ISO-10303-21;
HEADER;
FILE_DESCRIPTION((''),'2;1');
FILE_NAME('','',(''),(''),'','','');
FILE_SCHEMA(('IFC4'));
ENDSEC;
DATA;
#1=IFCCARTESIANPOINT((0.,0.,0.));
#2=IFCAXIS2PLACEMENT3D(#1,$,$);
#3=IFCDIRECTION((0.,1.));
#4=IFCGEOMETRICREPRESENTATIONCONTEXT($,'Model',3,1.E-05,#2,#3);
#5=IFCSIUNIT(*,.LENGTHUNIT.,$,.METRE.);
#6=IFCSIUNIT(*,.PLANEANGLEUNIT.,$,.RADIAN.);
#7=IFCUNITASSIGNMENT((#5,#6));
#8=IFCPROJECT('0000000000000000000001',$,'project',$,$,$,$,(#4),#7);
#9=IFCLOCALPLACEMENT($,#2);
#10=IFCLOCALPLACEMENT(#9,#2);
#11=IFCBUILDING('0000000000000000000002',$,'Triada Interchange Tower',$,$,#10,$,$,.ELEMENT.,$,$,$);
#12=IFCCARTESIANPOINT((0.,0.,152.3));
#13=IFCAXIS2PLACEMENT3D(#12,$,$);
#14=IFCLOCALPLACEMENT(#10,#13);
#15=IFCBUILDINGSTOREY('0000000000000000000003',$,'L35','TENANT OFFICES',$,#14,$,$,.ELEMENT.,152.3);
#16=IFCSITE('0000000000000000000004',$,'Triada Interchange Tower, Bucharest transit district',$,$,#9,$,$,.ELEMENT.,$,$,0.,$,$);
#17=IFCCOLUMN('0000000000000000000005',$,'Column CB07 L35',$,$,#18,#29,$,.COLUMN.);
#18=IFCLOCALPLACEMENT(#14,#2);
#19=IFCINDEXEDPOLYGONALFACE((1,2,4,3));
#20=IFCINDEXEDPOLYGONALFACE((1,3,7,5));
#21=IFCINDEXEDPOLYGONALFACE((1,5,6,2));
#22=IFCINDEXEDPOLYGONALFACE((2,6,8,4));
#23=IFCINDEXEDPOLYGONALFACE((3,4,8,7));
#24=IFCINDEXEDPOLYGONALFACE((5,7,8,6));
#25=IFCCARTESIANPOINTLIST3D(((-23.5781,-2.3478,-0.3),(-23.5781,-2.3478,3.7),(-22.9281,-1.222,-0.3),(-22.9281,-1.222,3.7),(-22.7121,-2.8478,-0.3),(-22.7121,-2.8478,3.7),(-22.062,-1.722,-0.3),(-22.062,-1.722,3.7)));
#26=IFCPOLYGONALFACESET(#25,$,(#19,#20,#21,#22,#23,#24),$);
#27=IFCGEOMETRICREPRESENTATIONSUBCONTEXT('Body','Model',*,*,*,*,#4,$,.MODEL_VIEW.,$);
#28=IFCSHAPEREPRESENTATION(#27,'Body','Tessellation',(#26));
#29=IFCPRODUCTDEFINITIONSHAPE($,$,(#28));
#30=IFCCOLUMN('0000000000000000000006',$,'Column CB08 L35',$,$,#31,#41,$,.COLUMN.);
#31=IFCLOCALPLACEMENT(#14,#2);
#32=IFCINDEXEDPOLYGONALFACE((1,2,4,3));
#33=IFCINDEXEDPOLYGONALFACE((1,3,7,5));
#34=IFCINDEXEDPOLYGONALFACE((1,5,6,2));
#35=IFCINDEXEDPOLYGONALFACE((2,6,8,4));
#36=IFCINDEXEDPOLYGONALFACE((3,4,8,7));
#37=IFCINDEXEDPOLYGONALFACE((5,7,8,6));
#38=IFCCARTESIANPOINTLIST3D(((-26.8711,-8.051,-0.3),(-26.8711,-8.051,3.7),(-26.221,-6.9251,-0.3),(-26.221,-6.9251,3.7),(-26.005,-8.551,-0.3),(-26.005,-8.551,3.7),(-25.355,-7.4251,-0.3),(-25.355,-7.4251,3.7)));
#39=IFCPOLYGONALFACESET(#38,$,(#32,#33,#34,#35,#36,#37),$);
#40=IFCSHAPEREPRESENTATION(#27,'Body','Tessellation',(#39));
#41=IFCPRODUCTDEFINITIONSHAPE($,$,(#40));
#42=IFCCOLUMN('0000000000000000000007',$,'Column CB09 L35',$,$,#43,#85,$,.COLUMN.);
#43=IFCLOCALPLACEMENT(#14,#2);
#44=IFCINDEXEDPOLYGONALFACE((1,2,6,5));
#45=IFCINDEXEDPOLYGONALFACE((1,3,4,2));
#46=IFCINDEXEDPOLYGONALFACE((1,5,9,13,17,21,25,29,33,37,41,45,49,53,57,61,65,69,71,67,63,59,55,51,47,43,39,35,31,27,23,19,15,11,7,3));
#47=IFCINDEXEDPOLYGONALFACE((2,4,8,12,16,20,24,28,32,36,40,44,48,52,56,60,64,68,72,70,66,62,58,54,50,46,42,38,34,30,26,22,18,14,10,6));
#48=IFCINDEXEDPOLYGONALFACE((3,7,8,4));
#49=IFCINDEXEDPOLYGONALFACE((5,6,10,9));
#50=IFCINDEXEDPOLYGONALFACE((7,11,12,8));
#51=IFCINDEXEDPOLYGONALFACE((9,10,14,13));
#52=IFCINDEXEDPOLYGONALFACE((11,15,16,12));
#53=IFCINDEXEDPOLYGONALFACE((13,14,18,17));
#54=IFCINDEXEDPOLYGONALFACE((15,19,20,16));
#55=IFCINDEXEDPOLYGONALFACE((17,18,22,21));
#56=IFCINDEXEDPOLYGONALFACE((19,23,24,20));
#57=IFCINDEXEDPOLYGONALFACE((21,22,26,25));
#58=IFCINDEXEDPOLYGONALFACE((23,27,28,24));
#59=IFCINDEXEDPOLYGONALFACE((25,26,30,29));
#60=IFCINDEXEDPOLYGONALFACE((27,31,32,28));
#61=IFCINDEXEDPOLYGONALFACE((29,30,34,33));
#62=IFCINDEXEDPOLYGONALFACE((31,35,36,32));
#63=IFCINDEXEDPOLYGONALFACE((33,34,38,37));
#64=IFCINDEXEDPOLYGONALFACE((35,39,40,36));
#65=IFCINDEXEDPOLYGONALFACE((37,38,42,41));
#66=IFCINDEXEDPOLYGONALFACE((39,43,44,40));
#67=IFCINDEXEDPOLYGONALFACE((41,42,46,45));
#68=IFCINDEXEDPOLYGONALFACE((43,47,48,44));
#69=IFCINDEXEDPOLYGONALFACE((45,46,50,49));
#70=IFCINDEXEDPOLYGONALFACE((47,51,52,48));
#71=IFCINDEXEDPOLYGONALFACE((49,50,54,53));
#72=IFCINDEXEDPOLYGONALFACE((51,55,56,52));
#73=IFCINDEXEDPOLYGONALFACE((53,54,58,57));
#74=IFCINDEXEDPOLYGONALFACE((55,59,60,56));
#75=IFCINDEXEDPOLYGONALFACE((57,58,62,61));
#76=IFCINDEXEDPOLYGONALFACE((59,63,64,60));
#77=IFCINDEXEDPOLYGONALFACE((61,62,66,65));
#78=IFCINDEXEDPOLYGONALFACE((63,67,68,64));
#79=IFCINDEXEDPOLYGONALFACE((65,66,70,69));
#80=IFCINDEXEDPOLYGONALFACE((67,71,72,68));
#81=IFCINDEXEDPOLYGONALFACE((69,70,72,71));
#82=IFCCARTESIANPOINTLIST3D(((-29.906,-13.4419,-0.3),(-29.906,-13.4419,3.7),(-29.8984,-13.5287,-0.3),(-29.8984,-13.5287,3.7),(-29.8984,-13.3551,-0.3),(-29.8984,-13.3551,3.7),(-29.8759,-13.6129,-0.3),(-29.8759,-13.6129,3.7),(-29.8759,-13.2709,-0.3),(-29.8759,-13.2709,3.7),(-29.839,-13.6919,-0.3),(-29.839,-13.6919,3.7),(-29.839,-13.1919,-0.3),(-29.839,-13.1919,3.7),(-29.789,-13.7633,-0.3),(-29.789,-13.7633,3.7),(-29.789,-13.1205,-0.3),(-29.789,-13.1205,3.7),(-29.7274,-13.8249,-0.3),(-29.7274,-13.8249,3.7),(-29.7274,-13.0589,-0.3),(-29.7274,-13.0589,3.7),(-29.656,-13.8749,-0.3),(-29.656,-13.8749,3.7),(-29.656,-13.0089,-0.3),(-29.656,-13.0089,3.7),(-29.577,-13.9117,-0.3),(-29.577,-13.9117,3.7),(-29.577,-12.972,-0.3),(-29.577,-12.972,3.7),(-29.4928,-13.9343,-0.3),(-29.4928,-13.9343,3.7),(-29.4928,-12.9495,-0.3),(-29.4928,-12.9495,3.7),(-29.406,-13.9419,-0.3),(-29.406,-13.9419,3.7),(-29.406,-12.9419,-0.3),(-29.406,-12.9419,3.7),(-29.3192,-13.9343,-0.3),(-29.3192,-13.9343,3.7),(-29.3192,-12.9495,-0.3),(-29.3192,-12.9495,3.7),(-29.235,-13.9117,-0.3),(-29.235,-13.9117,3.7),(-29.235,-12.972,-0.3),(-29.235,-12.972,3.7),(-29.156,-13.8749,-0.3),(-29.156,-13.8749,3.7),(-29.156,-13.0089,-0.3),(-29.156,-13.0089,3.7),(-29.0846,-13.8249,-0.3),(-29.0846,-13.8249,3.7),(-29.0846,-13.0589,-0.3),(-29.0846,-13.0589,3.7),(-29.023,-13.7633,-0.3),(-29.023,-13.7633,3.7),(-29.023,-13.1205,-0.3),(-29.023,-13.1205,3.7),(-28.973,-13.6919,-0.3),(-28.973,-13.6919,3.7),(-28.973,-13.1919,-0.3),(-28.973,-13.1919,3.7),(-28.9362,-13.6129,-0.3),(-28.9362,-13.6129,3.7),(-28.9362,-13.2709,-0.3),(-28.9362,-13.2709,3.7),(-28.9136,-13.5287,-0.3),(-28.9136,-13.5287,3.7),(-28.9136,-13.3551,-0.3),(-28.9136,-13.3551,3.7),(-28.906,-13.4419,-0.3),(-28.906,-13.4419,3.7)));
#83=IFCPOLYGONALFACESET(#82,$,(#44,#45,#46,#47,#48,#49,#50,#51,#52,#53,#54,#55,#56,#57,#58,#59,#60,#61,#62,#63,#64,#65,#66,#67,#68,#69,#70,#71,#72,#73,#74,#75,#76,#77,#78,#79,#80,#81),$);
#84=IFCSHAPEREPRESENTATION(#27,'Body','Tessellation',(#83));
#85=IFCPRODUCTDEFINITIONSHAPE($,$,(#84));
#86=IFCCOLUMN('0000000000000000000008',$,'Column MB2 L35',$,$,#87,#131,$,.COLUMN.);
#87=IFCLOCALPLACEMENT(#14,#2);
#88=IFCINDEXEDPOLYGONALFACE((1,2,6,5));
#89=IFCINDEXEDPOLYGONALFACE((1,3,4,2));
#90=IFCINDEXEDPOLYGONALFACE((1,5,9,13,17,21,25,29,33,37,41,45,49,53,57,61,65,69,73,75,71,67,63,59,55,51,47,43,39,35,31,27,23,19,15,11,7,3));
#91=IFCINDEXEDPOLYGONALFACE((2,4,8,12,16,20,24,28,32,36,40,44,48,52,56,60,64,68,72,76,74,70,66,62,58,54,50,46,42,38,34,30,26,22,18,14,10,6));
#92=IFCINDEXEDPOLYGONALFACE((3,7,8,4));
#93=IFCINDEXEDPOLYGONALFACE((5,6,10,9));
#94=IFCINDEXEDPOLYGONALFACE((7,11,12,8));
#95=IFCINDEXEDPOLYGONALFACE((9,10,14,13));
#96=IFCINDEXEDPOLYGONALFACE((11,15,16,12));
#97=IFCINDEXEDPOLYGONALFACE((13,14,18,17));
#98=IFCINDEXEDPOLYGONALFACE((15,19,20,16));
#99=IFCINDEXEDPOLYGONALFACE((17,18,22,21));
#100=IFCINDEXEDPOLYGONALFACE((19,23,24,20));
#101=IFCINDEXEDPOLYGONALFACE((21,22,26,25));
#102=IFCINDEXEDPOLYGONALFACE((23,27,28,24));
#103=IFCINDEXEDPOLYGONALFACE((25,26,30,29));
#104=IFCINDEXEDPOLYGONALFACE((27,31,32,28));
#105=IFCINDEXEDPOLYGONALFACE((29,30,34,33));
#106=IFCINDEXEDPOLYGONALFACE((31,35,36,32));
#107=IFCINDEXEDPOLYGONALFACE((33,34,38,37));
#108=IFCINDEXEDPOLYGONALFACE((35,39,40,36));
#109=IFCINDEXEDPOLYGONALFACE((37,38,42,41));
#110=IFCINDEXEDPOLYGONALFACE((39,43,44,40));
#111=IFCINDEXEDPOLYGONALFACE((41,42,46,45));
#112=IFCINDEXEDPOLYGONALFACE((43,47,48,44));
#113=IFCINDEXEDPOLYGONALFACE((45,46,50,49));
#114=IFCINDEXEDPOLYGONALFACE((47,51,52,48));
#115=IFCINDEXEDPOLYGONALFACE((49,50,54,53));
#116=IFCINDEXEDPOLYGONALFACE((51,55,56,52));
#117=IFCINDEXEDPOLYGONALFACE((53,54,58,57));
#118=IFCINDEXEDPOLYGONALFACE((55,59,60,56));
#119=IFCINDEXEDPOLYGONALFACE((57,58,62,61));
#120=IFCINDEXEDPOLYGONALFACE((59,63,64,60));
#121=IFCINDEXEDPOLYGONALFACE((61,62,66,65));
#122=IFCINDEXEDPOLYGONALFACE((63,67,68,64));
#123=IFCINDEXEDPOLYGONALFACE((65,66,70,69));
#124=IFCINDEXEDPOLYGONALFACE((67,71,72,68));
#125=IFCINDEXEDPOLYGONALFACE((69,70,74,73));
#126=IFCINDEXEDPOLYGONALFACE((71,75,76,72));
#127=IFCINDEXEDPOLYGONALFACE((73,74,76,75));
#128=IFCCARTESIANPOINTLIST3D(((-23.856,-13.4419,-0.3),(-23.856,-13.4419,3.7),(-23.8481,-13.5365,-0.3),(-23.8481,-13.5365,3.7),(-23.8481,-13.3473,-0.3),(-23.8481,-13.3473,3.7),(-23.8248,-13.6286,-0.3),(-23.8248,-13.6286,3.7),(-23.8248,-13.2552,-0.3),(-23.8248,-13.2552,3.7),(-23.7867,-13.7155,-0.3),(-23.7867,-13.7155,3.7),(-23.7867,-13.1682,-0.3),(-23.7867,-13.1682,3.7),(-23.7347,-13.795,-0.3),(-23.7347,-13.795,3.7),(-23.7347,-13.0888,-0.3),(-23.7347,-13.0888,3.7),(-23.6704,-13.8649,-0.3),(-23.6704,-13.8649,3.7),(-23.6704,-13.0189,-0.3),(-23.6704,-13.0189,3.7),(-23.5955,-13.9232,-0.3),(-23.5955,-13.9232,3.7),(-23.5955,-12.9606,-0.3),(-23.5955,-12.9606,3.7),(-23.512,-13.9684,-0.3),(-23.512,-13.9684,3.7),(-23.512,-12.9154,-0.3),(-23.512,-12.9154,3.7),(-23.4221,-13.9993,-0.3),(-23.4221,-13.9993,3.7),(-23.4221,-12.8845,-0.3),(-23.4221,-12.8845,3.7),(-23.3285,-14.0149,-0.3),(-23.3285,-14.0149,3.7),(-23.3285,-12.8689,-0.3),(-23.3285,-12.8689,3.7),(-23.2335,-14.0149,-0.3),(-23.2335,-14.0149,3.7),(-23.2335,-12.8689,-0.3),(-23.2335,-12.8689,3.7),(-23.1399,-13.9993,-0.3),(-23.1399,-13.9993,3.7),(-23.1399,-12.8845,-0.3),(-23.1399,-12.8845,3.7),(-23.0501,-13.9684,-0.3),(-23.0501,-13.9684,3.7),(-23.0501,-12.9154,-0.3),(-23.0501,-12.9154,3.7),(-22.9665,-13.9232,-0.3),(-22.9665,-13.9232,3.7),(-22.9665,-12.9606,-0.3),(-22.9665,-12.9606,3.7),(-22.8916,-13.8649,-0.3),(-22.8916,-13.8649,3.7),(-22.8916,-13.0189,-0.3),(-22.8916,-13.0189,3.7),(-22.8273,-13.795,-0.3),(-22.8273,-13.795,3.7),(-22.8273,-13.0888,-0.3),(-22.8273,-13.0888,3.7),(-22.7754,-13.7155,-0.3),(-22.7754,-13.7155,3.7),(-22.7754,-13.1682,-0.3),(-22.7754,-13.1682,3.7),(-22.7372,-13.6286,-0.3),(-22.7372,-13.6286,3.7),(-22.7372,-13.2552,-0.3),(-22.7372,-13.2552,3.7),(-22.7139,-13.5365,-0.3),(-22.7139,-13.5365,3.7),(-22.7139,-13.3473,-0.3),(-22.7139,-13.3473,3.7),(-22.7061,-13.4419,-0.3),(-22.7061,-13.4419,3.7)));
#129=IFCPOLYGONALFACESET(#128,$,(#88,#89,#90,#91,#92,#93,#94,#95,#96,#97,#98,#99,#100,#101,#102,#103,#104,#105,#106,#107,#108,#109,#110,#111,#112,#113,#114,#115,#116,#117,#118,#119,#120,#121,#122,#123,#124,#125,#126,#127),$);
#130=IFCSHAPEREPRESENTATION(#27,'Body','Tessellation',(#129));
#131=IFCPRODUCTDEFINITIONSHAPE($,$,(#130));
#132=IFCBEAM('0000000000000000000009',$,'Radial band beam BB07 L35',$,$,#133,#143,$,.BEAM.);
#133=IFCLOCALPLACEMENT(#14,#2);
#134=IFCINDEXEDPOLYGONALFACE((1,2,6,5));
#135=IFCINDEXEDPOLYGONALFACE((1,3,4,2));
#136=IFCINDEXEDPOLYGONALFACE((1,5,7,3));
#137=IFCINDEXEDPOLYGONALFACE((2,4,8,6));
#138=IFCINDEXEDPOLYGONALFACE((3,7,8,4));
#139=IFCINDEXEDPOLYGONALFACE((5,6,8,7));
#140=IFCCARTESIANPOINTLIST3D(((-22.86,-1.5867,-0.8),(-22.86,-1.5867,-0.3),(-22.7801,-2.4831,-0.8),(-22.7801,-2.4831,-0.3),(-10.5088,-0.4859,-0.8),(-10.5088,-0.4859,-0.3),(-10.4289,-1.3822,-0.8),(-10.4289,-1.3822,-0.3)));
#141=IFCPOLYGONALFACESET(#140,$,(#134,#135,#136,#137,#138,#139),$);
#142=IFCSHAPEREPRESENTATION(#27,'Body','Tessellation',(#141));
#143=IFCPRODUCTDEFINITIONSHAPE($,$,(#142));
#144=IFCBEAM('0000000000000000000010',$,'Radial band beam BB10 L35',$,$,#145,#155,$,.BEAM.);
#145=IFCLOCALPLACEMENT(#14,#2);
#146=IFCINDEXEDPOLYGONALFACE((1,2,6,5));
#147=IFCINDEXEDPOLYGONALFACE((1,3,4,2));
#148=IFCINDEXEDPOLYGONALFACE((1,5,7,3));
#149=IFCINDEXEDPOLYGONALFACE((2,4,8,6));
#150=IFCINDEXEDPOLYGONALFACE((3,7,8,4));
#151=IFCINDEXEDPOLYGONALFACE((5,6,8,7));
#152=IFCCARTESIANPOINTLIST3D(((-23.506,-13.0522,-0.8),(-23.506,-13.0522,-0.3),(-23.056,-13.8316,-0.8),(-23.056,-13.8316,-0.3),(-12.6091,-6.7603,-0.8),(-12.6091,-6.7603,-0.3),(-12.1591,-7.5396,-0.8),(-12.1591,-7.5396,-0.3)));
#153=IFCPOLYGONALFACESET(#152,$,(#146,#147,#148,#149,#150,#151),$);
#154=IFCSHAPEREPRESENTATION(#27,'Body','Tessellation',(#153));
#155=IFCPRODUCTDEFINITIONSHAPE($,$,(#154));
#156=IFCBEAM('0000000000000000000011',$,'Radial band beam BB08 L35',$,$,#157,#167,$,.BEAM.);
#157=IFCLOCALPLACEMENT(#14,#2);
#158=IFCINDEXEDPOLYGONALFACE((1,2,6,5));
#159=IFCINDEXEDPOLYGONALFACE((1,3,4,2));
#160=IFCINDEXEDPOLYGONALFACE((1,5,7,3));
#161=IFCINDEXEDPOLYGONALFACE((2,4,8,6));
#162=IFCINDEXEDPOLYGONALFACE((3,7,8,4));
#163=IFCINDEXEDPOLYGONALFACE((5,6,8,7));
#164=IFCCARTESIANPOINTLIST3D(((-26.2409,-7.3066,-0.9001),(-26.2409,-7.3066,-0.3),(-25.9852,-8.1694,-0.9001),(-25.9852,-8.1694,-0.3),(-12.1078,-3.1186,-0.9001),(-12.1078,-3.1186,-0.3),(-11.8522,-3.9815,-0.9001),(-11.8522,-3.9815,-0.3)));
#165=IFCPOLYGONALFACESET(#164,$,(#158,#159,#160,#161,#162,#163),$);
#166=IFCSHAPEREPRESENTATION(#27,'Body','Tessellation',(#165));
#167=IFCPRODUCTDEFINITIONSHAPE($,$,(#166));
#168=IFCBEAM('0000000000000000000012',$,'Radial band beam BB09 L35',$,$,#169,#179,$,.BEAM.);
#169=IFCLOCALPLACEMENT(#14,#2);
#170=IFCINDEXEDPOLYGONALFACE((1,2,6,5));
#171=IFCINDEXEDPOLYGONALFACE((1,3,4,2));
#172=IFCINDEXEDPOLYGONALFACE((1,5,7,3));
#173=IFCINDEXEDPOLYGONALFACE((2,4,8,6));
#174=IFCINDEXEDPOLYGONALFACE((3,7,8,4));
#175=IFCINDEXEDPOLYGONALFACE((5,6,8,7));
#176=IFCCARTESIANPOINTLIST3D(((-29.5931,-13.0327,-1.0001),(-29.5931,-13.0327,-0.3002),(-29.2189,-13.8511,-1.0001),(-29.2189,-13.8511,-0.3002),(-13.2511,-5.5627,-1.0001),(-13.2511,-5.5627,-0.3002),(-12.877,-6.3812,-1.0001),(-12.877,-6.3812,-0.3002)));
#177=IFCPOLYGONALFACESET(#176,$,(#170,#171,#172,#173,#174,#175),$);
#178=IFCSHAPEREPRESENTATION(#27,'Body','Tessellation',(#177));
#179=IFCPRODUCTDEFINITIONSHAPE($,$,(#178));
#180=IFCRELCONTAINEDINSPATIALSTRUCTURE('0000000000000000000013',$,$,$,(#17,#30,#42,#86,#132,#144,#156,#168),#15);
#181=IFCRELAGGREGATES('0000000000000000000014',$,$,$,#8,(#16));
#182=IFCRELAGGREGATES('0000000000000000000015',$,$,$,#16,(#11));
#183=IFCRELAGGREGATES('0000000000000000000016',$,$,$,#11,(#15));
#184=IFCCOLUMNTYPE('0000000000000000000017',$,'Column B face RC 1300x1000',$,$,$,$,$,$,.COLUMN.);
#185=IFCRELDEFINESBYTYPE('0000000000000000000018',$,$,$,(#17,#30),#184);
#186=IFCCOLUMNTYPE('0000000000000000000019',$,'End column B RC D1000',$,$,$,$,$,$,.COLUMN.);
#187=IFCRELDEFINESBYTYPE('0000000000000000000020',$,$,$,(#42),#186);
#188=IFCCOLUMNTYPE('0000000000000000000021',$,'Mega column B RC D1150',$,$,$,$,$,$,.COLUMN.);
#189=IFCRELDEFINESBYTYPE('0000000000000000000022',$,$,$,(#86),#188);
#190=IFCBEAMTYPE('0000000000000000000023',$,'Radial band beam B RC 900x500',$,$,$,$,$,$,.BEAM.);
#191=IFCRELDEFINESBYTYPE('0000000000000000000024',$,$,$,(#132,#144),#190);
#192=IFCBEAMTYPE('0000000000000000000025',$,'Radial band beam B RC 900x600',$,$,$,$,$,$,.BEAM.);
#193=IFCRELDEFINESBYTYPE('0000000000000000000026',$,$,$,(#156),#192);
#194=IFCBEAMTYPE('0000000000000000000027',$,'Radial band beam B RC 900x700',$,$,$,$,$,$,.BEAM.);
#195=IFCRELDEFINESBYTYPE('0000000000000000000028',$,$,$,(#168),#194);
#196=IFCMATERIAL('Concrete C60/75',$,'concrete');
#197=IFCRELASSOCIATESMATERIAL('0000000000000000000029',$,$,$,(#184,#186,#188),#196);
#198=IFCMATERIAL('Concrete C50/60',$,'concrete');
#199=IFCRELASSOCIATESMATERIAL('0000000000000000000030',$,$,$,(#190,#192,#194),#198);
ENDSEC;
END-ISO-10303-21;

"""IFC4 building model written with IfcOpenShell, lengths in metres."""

from ifc_helpers import new_model, si_unit, direction, frame, origin, origin_2d, place, context, subcontext, project, spatial, rectangle, circle, extrude, material, material_profile, profile_set, type_object, element, save


model = new_model("IFC4")

# Units and contexts
model_context = context("Model", 3, precision=1e-05, world=origin(), true_north=direction((0.0, 1.0)))
body_context = subcontext(model_context, "Body", "Model", "MODEL_VIEW")
ifc_project = project(units=[si_unit("LENGTHUNIT", "METRE"), si_unit("PLANEANGLEUNIT", "RADIAN")], contexts=[model_context])

# Site, building, storey
site_placement = place(None, origin())
site = spatial("IfcSite", under=ifc_project, at=site_placement, Name="Triada Interchange Tower, Bucharest transit district", CompositionType="ELEMENT", RefElevation=0.0)
building_placement = place(site_placement, origin())
building = spatial("IfcBuilding", under=site, at=building_placement, Name="Triada Interchange Tower", CompositionType="ELEMENT")
storey_placement = place(building_placement, frame((0.0, 0.0, 152.3)))
storey = spatial("IfcBuildingStorey", under=building, at=storey_placement, Name="L35", Description="TENANT OFFICES", CompositionType="ELEMENT", Elevation=152.3)

# Columns
ifc_material_1 = material(Name="Concrete C60/75", Category="concrete")
ifc_material_profile_1 = material_profile(ifc_material_1, rectangle(XDim=1.3, YDim=1.0, at=origin_2d()), Name="RC 1300x1000")
ifc_profile_set_1 = profile_set([ifc_material_profile_1], Name="Concrete C60/75")
column_type_1 = type_object("IfcColumnType", Name="Column B face RC 1300x1000", PredefinedType="COLUMN", material=ifc_profile_set_1)
for number, where, z_axis, x_axis, name in (
    (1, (-22.8201, -2.0349, -0.3), (0.0, 0.0, 1.0), (0.5, 0.866025, 0.0), "Column CB07 L35"),
    (2, (-26.113, -7.738, -0.3), (0.0, 0.0, 1.0), (0.5, 0.866025, 0.0), "Column CB08 L35"),
):
    element("IfcColumn", number, at=place(storey_placement, frame(where, z_axis=z_axis, x_axis=x_axis)), inside=storey, type_object=column_type_1, Name=name, PredefinedType="COLUMN", context=body_context, shape_type="SweptSolid", body=[
        extrude(rectangle(XDim=1.3, YDim=1.0, at=origin_2d()), origin(), (0.0, 0.0, 1.0), 4.0),
    ])
ifc_material_profile_2 = material_profile(ifc_material_1, circle(Radius=0.5, at=origin_2d()), Name="RC D1000")
ifc_profile_set_2 = profile_set([ifc_material_profile_2], Name="Concrete C60/75")
column_type_2 = type_object("IfcColumnType", Name="End column B RC D1000", PredefinedType="COLUMN", material=ifc_profile_set_2)
column_1_placement = place(storey_placement, frame((-29.406, -13.4419, -0.3), z_axis=(0.0, 0.0, 1.0), x_axis=(0.5, 0.866025, 0.0)))
element("IfcColumn", 3, at=column_1_placement, inside=storey, type_object=column_type_2, Name="Column CB09 L35", PredefinedType="COLUMN", context=body_context, shape_type="SweptSolid", body=[
    extrude(circle(Radius=0.5, at=origin_2d()), origin(), (0.0, 0.0, 1.0), 4.0),
])
ifc_material_profile_3 = material_profile(ifc_material_1, circle(Radius=0.575, at=origin_2d()), Name="RC D1150")
ifc_profile_set_3 = profile_set([ifc_material_profile_3], Name="Concrete C60/75")
column_type_3 = type_object("IfcColumnType", Name="Mega column B RC D1150", PredefinedType="COLUMN", material=ifc_profile_set_3)
column_2_placement = place(storey_placement, frame((-23.281, -13.4419, -0.3), z_axis=(0.0, 0.0, 1.0), x_axis=(1.0, 0.0, 0.0)))
element("IfcColumn", 4, at=column_2_placement, inside=storey, type_object=column_type_3, Name="Column MB2 L35", PredefinedType="COLUMN", context=body_context, shape_type="SweptSolid", body=[
    extrude(circle(Radius=0.575, at=origin_2d()), origin(), (0.0, 0.0, 1.0), 4.0),
])

# Beams
ifc_material_2 = material(Name="Concrete C50/60", Category="concrete")
ifc_material_profile_4 = material_profile(ifc_material_2, rectangle(XDim=0.8999, YDim=0.5, at=origin_2d()), Name="RC 900x500")
ifc_profile_set_4 = profile_set([ifc_material_profile_4], Name="Concrete C50/60")
beam_type_1 = type_object("IfcBeamType", Name="Radial band beam B RC 900x500", PredefinedType="BEAM", material=ifc_profile_set_4)
beam_1_placement = place(storey_placement, frame((-22.8201, -2.0349, -0.55), z_axis=(0.996052, 0.088776, 0.0), x_axis=(-0.088776, 0.996052, 0.0)))
element("IfcBeam", 5, at=beam_1_placement, inside=storey, type_object=beam_type_1, Name="Radial band beam BB07 L35", PredefinedType="BEAM", context=body_context, shape_type="SweptSolid", body=[
    extrude(rectangle(XDim=0.8999, YDim=0.5, at=origin_2d()), origin(), (0.0, 0.0, 1.0), 12.4001),
])
beam_2_placement = place(storey_placement, frame((-23.281, -13.4419, -0.55), z_axis=(0.866004, 0.500037, 0.0), x_axis=(-0.500037, 0.866004, 0.0)))
element("IfcBeam", 6, at=beam_2_placement, inside=storey, type_object=beam_type_1, Name="Radial band beam BB10 L35", PredefinedType="BEAM", context=body_context, shape_type="SweptSolid", body=[
    extrude(rectangle(XDim=0.8999, YDim=0.5, at=origin_2d()), origin(), (0.0, 0.0, 1.0), 12.583),
])
ifc_material_profile_5 = material_profile(ifc_material_2, rectangle(XDim=0.8999, YDim=0.6001, at=origin_2d()), Name="RC 900x600")
ifc_profile_set_5 = profile_set([ifc_material_profile_5], Name="Concrete C50/60")
beam_type_2 = type_object("IfcBeamType", Name="Radial band beam B RC 900x600", PredefinedType="BEAM", material=ifc_profile_set_5)
beam_3_placement = place(storey_placement, frame((-26.113, -7.738, -0.6001), z_axis=(0.95879, 0.284114, 0.0), x_axis=(-0.284114, 0.95879, 0.0)))
element("IfcBeam", 7, at=beam_3_placement, inside=storey, type_object=beam_type_2, Name="Radial band beam BB08 L35", PredefinedType="BEAM", context=body_context, shape_type="SweptSolid", body=[
    extrude(rectangle(XDim=0.8999, YDim=0.6001, at=origin_2d()), origin(), (0.0, 0.0, 1.0), 14.7405),
])
ifc_material_profile_6 = material_profile(ifc_material_2, rectangle(XDim=0.8999, YDim=0.7, at=origin_2d()), Name="RC 900x700")
ifc_profile_set_6 = profile_set([ifc_material_profile_6], Name="Concrete C50/60")
beam_type_3 = type_object("IfcBeamType", Name="Radial band beam B RC 900x700", PredefinedType="BEAM", material=ifc_profile_set_6)
beam_4_placement = place(storey_placement, frame((-29.406, -13.4419, -0.6501), z_axis=(0.909489, 0.415729, 0.0), x_axis=(-0.415729, 0.909489, 0.0)))
element("IfcBeam", 8, at=beam_4_placement, inside=storey, type_object=beam_type_3, Name="Radial band beam BB09 L35", PredefinedType="BEAM", context=body_context, shape_type="SweptSolid", body=[
    extrude(rectangle(XDim=0.8999, YDim=0.7, at=origin_2d()), origin(), (0.0, 0.0, 1.0), 17.9683),
])

save(model, "model.ifc")
